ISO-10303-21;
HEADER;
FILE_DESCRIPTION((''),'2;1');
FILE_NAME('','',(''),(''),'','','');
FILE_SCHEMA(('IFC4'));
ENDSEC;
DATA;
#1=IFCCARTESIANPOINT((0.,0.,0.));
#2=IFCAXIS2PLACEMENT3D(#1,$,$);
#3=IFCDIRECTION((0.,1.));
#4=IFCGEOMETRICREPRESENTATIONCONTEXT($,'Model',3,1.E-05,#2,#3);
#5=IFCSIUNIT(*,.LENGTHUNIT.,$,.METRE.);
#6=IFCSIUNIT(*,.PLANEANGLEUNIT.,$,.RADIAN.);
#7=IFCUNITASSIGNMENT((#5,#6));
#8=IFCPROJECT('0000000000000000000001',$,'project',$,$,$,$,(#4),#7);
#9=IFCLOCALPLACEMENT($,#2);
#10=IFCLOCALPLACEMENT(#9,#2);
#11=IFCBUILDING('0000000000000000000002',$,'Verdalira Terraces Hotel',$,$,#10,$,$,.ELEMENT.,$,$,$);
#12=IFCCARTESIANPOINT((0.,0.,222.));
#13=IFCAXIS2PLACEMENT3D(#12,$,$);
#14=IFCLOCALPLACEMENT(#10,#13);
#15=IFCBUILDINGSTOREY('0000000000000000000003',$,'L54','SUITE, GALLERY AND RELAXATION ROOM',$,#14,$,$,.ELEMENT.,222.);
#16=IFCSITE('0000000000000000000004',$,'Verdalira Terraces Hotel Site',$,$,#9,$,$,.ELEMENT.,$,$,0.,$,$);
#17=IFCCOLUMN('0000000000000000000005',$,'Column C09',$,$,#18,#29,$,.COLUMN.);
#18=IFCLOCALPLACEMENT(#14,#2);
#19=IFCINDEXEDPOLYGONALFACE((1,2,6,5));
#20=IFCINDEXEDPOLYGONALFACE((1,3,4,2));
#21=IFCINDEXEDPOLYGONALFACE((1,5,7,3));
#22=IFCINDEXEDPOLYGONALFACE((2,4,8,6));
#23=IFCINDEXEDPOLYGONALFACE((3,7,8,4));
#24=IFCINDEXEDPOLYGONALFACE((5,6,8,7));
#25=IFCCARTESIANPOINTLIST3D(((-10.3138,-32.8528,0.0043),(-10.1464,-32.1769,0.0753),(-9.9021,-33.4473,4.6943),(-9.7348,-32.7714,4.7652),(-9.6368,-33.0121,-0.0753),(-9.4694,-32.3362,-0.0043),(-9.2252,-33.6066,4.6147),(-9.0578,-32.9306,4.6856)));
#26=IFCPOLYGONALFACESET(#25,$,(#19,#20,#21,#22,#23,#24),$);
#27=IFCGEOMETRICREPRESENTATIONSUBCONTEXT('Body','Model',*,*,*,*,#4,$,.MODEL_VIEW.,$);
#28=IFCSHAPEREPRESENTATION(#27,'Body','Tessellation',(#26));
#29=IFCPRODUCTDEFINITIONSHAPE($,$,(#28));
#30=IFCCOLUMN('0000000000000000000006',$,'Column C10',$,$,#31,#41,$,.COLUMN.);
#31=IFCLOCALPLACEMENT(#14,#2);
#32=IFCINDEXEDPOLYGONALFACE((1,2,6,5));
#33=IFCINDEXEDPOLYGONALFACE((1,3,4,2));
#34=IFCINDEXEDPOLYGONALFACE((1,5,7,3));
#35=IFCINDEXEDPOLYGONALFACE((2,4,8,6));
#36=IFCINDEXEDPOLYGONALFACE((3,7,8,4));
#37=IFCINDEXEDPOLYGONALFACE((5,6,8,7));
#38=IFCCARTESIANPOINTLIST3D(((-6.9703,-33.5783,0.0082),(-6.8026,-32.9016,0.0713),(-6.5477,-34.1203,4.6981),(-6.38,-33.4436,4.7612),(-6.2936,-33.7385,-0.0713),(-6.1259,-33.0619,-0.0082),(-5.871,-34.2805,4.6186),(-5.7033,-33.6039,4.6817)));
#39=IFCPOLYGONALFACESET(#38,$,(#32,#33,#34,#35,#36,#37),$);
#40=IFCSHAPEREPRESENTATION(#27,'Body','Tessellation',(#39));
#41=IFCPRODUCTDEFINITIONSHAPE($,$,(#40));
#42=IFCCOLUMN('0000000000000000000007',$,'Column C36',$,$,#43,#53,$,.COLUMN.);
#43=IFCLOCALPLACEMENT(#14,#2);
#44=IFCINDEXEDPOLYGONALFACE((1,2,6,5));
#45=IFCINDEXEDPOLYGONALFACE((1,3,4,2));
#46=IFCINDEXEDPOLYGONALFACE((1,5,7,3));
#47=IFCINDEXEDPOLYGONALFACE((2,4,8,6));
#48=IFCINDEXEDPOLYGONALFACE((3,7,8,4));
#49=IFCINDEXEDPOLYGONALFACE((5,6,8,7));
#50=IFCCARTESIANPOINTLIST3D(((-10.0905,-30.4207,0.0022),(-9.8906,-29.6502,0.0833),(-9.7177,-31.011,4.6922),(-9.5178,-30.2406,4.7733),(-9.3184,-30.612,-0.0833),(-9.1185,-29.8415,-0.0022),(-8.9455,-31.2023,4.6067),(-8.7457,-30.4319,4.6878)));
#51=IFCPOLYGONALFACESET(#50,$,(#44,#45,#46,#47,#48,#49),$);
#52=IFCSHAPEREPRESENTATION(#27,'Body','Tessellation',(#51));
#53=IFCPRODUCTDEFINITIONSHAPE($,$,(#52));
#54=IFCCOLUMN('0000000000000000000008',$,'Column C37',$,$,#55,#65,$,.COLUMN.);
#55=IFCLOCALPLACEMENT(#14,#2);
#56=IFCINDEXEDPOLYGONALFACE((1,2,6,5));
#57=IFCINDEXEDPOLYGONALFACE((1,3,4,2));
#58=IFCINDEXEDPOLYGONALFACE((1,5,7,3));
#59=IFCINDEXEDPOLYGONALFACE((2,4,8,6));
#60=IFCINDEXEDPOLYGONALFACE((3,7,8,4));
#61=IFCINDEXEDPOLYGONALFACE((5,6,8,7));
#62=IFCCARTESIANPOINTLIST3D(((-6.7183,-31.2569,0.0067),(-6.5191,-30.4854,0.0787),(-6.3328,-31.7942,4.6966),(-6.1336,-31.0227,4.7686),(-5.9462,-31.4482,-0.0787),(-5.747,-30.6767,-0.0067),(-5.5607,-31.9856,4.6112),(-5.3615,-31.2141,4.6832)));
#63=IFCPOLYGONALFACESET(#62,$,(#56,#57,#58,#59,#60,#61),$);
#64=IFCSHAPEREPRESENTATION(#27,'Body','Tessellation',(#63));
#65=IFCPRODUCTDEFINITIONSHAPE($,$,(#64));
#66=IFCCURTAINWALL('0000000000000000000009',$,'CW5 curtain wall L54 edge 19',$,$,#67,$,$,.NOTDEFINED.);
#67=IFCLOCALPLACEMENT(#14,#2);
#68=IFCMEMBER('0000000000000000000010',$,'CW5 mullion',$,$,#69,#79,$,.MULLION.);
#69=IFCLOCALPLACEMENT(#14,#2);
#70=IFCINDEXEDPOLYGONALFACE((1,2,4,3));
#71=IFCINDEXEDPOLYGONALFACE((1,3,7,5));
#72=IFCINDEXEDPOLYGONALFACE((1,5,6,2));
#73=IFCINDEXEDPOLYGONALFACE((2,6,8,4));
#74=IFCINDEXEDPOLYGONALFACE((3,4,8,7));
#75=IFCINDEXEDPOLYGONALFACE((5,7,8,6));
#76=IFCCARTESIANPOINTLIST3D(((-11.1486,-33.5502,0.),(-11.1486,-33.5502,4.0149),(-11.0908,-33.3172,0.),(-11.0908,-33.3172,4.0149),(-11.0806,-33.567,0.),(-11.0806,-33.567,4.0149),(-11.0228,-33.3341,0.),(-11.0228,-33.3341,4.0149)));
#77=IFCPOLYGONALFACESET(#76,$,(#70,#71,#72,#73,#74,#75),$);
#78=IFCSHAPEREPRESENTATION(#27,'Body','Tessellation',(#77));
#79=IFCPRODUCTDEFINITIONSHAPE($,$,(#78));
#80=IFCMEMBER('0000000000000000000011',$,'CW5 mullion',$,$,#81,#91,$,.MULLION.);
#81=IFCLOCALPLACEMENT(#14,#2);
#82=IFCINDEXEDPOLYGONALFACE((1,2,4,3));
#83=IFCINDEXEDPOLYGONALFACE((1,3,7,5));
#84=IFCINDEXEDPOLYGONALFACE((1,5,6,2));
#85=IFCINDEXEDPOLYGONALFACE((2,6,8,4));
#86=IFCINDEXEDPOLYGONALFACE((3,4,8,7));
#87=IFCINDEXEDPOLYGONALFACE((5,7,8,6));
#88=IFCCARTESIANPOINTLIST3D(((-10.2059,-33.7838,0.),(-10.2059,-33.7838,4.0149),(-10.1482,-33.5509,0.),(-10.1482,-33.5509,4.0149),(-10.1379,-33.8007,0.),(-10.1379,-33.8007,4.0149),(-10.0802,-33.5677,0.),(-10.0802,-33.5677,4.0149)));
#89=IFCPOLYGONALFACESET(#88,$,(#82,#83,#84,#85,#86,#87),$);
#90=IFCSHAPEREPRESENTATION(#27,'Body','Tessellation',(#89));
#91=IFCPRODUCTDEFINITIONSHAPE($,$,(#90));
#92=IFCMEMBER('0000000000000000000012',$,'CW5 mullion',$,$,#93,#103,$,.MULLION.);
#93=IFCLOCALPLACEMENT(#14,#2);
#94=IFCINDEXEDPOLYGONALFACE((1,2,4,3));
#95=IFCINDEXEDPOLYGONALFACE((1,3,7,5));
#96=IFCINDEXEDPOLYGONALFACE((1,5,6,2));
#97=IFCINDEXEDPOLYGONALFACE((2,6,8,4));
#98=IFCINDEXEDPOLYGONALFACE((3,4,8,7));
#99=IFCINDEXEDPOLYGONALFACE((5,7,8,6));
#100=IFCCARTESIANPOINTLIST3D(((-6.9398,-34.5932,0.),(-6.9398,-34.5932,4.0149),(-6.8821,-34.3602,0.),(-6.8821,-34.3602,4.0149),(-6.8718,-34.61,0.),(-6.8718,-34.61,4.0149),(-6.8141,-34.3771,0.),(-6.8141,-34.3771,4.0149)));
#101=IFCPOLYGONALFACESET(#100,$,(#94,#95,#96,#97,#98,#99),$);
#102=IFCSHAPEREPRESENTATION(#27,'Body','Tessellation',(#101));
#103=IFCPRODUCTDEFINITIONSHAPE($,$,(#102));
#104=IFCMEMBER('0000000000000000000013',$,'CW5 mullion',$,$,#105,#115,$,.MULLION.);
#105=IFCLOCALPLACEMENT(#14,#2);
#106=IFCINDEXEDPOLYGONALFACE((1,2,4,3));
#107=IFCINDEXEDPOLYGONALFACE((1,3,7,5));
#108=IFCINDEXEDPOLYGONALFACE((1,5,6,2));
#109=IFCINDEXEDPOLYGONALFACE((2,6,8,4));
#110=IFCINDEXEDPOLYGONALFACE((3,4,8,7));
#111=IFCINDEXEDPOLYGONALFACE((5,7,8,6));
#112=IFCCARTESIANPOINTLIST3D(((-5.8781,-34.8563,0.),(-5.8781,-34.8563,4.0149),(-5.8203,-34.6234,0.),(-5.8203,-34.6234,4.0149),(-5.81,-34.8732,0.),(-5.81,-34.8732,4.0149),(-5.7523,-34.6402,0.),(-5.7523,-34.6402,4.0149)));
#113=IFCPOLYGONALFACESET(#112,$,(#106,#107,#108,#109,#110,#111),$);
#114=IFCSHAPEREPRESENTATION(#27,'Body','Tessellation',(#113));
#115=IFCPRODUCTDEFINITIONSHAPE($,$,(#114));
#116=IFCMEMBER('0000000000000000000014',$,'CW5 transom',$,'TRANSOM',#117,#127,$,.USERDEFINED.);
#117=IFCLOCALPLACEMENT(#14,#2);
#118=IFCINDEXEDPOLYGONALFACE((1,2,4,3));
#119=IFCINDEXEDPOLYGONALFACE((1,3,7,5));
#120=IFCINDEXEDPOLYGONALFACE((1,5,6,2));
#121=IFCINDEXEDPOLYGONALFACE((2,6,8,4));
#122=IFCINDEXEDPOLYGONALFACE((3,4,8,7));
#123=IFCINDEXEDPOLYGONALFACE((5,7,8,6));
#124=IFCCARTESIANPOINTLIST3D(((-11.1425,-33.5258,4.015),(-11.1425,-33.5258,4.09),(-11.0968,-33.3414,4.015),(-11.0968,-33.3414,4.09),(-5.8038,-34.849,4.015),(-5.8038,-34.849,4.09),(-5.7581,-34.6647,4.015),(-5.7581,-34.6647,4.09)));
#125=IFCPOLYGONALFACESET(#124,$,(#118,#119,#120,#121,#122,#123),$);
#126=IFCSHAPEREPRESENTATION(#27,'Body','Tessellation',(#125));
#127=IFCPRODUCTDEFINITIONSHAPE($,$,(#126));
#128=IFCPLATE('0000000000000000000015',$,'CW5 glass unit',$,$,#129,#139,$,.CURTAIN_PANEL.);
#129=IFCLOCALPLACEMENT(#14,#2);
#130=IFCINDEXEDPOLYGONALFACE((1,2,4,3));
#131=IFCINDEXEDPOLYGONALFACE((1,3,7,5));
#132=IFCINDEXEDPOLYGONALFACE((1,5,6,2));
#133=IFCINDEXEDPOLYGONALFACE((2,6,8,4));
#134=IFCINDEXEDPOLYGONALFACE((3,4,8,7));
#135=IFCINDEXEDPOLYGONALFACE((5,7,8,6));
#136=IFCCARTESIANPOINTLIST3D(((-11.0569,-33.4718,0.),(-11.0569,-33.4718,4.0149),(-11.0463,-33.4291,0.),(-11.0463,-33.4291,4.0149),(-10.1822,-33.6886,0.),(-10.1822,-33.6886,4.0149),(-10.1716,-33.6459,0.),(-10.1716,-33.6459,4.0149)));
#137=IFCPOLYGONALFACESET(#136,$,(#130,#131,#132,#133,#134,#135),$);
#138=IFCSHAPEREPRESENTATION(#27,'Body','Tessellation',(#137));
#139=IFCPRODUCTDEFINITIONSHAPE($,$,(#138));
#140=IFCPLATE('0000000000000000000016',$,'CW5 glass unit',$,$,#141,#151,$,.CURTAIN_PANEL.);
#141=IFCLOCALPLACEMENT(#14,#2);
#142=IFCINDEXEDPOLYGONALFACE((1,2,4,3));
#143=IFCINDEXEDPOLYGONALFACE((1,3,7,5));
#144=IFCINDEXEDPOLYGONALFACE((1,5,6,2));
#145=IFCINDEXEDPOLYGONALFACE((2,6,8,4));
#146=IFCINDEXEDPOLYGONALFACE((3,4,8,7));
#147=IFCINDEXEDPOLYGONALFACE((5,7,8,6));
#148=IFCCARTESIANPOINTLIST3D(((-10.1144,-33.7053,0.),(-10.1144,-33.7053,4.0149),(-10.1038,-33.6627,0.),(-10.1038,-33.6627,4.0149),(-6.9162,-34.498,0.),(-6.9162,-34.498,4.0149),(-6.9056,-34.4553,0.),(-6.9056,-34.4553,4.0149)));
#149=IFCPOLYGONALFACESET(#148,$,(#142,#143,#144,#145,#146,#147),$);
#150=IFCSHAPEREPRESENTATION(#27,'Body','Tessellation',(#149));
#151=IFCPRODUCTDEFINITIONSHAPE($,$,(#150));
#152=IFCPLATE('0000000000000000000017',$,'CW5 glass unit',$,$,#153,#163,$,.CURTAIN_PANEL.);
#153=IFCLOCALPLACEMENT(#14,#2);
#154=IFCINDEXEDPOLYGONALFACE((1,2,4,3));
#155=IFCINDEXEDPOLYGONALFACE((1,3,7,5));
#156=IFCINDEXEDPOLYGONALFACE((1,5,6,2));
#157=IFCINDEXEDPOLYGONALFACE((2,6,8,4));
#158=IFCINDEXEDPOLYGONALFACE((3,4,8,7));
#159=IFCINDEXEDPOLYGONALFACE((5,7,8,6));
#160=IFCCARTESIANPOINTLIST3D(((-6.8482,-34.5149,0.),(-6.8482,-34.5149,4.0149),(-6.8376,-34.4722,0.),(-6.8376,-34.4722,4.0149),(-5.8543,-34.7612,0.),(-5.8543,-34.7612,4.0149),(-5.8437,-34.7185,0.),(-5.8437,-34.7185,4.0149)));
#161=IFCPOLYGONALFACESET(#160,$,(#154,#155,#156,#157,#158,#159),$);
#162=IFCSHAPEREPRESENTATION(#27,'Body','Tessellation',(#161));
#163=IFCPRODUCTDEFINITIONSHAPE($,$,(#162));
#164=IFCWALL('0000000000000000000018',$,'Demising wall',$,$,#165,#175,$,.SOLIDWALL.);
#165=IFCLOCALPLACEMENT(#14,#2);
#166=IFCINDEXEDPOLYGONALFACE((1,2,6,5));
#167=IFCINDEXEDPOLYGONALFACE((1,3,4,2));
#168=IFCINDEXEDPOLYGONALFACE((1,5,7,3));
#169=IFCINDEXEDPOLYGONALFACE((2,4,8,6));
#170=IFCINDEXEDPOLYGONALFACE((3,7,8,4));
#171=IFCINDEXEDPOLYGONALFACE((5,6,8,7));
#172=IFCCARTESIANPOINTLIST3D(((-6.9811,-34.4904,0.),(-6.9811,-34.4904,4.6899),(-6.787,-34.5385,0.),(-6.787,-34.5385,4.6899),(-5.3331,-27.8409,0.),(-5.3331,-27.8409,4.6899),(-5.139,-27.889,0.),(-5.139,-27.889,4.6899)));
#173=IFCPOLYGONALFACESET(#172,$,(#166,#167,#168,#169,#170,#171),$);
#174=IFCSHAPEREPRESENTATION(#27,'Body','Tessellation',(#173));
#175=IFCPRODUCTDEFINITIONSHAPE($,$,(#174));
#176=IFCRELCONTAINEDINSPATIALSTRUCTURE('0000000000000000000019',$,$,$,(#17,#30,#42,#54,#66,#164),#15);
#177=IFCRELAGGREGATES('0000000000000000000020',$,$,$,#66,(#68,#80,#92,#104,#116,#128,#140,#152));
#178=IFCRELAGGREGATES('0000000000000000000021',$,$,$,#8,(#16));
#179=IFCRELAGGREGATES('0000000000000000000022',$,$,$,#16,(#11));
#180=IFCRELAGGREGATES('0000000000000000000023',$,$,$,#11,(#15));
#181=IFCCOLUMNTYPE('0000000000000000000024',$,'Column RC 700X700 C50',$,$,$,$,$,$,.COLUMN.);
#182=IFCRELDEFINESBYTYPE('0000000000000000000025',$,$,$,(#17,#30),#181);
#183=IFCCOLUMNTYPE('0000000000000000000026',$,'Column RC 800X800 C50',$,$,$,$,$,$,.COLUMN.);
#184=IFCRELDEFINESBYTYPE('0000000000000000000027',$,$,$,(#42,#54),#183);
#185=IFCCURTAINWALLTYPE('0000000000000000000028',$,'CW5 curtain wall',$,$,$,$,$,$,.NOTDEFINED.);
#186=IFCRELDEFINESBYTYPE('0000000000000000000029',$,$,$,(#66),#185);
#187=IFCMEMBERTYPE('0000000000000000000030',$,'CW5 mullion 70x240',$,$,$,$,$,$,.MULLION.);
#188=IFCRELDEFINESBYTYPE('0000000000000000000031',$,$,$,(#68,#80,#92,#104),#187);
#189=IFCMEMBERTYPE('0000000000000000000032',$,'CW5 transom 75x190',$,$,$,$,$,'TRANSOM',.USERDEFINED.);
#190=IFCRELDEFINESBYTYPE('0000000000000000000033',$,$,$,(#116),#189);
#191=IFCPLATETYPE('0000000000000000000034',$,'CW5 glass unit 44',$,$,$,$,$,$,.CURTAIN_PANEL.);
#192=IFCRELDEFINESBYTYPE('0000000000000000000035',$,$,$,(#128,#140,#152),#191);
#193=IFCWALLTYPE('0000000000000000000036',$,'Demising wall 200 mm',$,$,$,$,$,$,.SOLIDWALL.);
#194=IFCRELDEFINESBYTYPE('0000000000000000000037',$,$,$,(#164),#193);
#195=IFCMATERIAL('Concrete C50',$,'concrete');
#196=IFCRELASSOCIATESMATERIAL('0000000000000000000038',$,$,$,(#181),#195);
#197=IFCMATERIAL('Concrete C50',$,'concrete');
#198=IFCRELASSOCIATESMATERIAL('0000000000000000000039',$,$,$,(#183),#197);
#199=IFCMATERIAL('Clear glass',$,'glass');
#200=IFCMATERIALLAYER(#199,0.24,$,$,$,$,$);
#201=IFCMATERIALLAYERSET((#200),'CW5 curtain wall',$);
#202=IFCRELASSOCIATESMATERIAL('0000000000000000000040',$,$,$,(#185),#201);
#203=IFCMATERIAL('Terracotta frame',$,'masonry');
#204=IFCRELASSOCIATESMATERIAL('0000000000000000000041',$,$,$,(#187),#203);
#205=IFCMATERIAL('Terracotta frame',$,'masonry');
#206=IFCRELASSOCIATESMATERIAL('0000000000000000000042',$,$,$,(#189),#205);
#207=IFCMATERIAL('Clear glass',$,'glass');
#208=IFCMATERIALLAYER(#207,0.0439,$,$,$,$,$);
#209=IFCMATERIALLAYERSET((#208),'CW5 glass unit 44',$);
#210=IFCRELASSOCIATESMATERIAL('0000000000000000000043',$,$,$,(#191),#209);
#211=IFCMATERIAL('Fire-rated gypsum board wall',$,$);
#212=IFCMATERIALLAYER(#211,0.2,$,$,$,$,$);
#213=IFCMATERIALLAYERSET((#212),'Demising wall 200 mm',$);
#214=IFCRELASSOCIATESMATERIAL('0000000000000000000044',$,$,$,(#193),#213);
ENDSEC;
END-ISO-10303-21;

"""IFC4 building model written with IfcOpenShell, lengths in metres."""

from ifc_helpers import new_model, si_unit, direction, frame, frame_2d, origin, origin_2d, place, context, subcontext, project, spatial, rectangle, extrude, material, layer, layer_set, material_profile, profile_set, type_object, element, aggregate, save


model = new_model("IFC4")

# Units and contexts
model_context = context("Model", 3, precision=1e-05, world=origin(), true_north=direction((0.0, 1.0)))
body_context = subcontext(model_context, "Body", "Model", "MODEL_VIEW")
ifc_project = project(units=[si_unit("LENGTHUNIT", "METRE"), si_unit("PLANEANGLEUNIT", "RADIAN")], contexts=[model_context])

# Site, building, storey
site_placement = place(None, origin())
site = spatial("IfcSite", under=ifc_project, at=site_placement, Name="Verdalira Terraces Hotel Site", CompositionType="ELEMENT", RefElevation=0.0)
building_placement = place(site_placement, origin())
building = spatial("IfcBuilding", under=site, at=building_placement, Name="Verdalira Terraces Hotel", CompositionType="ELEMENT")
storey_placement = place(building_placement, frame((0.0, 0.0, 222.0)))
storey = spatial("IfcBuildingStorey", under=building, at=storey_placement, Name="L54", Description="SUITE, GALLERY AND RELAXATION ROOM", CompositionType="ELEMENT", Elevation=222.0)

# Columns
ifc_material_1 = material(Name="Concrete C50", Category="concrete")
ifc_material_profile_1 = material_profile(ifc_material_1, rectangle(XDim=0.7, YDim=0.7, at=origin_2d()), Name="RC 700X700")
ifc_profile_set_1 = profile_set([ifc_material_profile_1], Name="Concrete C50")
column_type_1 = type_object("IfcColumnType", Name="Column RC 700X700 C50", PredefinedType="COLUMN", material=ifc_profile_set_1)
column_1_placement = place(storey_placement, frame((-9.8916, -32.5945, 0.0), z_axis=(0.086742, -0.125277, 0.988323), x_axis=(0.967103, -0.227549, -0.113723)))
element("IfcColumn", 1, at=column_1_placement, inside=storey, type_object=column_type_1, Name="Column C09", PredefinedType="COLUMN", context=body_context, shape_type="SweptSolid", body=[
    extrude(rectangle(XDim=0.7, YDim=0.7, at=origin_2d()), origin(), (0.0, 0.0, 1.0), 4.7454),
])
column_2_placement = place(storey_placement, frame((-6.5481, -33.3201, 0.0), z_axis=(0.089157, -0.114344, 0.989432), x_axis=(0.966794, -0.228932, -0.113574)))
element("IfcColumn", 2, at=column_2_placement, inside=storey, type_object=column_type_1, Name="Column C10", PredefinedType="COLUMN", context=body_context, shape_type="SweptSolid", body=[
    extrude(rectangle(XDim=0.7, YDim=0.7, at=origin_2d()), origin(), (0.0, 0.0, 1.0), 4.74),
])
ifc_material_2 = material(Name="Concrete C50", Category="concrete")
ifc_material_profile_2 = material_profile(ifc_material_2, rectangle(XDim=0.8, YDim=0.8, at=origin_2d()), Name="RC 800X800")
ifc_profile_set_2 = profile_set([ifc_material_profile_2], Name="Concrete C50")
column_type_2 = type_object("IfcColumnType", Name="Column RC 800X800 C50", PredefinedType="COLUMN", material=ifc_profile_set_2)
column_3_placement = place(storey_placement, frame((-9.6045, -30.1311, 0.0), z_axis=(0.078623, -0.1245, 0.9891), x_axis=(-0.249793, -0.96298, -0.101356)))
element("IfcColumn", 3, at=column_3_placement, inside=storey, type_object=column_type_2, Name="Column C36", PredefinedType="COLUMN", context=body_context, shape_type="SweptSolid", body=[
    extrude(rectangle(XDim=0.8, YDim=0.8, at=origin_2d()), origin(), (0.0, 0.0, 1.0), 4.7417),
])
column_4_placement = place(storey_placement, frame((-6.2327, -30.9668, 0.0), z_axis=(0.081392, -0.113453, 0.990204), x_axis=(-0.248962, -0.96432, -0.090024)))
element("IfcColumn", 4, at=column_4_placement, inside=storey, type_object=column_type_2, Name="Column C37", PredefinedType="COLUMN", context=body_context, shape_type="SweptSolid", body=[
    extrude(rectangle(XDim=0.8, YDim=0.8, at=origin_2d()), origin(), (0.0, 0.0, 1.0), 4.7363),
])

# Curtain wall, members, plates
ifc_material_3 = material(Name="Clear glass", Category="glass")
ifc_layer_1 = layer(ifc_material_3, 0.24)
ifc_layer_set_1 = layer_set([ifc_layer_1], Name="CW5 curtain wall")
curtain_wall_type = type_object("IfcCurtainWallType", Name="CW5 curtain wall", PredefinedType="NOTDEFINED", material=ifc_layer_set_1)
curtain_wall_placement = place(storey_placement, origin())
curtain_wall = element("IfcCurtainWall", 5, at=curtain_wall_placement, inside=storey, type_object=curtain_wall_type, Name="CW5 curtain wall L54 edge 19", PredefinedType="NOTDEFINED")
ifc_material_4 = material(Name="Terracotta frame", Category="masonry")
ifc_material_profile_3 = material_profile(ifc_material_4, rectangle(XDim=0.0701, YDim=0.24, at=origin_2d()), Name="MU 70x240")
ifc_profile_set_3 = profile_set([ifc_material_profile_3], Name="Terracotta frame")
member_type_1 = type_object("IfcMemberType", Name="CW5 mullion 70x240", PredefinedType="MULLION", material=ifc_profile_set_3)
member_1_placement = place(storey_placement, frame((-11.0857, -33.4421, 0.0), z_axis=(0.0, 0.0, 1.0), x_axis=(0.970633, -0.240567, 0.0)))
member_1 = element("IfcMember", 6, at=member_1_placement, type_object=member_type_1, Name="CW5 mullion", PredefinedType="MULLION", context=body_context, shape_type="SweptSolid", body=[
    extrude(rectangle(XDim=0.0701, YDim=0.24, at=origin_2d()), origin(), (0.0, 0.0, 1.0), 4.0149),
])
member_2_placement = place(storey_placement, frame((-10.1431, -33.6758, 0.0), z_axis=(0.0, 0.0, 1.0), x_axis=(0.970633, -0.240567, 0.0)))
member_2 = element("IfcMember", 7, at=member_2_placement, type_object=member_type_1, Name="CW5 mullion", PredefinedType="MULLION", context=body_context, shape_type="SweptSolid", body=[
    extrude(rectangle(XDim=0.0701, YDim=0.24, at=origin_2d()), origin(), (0.0, 0.0, 1.0), 4.0149),
])
member_3_placement = place(storey_placement, frame((-6.877, -34.4851, 0.0), z_axis=(0.0, 0.0, 1.0), x_axis=(0.970633, -0.240567, 0.0)))
member_3 = element("IfcMember", 8, at=member_3_placement, type_object=member_type_1, Name="CW5 mullion", PredefinedType="MULLION", context=body_context, shape_type="SweptSolid", body=[
    extrude(rectangle(XDim=0.0701, YDim=0.24, at=origin_2d()), origin(), (0.0, 0.0, 1.0), 4.0149),
])
member_4_placement = place(storey_placement, frame((-5.8152, -34.7483, 0.0), z_axis=(0.0, 0.0, 1.0), x_axis=(0.970633, -0.240567, 0.0)))
member_4 = element("IfcMember", 9, at=member_4_placement, type_object=member_type_1, Name="CW5 mullion", PredefinedType="MULLION", context=body_context, shape_type="SweptSolid", body=[
    extrude(rectangle(XDim=0.0701, YDim=0.24, at=origin_2d()), origin(), (0.0, 0.0, 1.0), 4.0149),
])
ifc_material_5 = material(Name="Terracotta frame", Category="masonry")
ifc_material_profile_4 = material_profile(ifc_material_5, rectangle(XDim=0.1899, YDim=0.075, at=origin_2d()), Name="TR 75x190")
ifc_profile_set_4 = profile_set([ifc_material_profile_4], Name="Terracotta frame")
member_type_2 = type_object("IfcMemberType", Name="CW5 transom 75x190", ElementType="TRANSOM", PredefinedType="USERDEFINED", material=ifc_profile_set_4)
member_5_placement = place(storey_placement, frame((-11.1196, -33.4336, 4.0525), z_axis=(0.970629, -0.240582, 0.0), x_axis=(0.240582, 0.970629, 0.0)))
member_5 = element("IfcMember", 10, at=member_5_placement, type_object=member_type_2, Name="CW5 transom", ObjectType="TRANSOM", PredefinedType="USERDEFINED", context=body_context, shape_type="SweptSolid", body=[
    extrude(rectangle(XDim=0.1899, YDim=0.075, at=origin_2d()), origin(), (0.0, 0.0, 1.0), 5.5002),
])
ifc_material_6 = material(Name="Clear glass", Category="glass")
ifc_layer_2 = layer(ifc_material_6, 0.0439)
ifc_layer_set_2 = layer_set([ifc_layer_2], Name="CW5 glass unit 44")
plate_type = type_object("IfcPlateType", Name="CW5 glass unit 44", PredefinedType="CURTAIN_PANEL", material=ifc_layer_set_2)
plate_1_placement = place(storey_placement, frame((-10.6143, -33.5588, 0.0), z_axis=(0.0, 0.0, 1.0), x_axis=(0.970633, -0.240567, 0.0)))
plate_1 = element("IfcPlate", 11, at=plate_1_placement, type_object=plate_type, Name="CW5 glass unit", PredefinedType="CURTAIN_PANEL", context=body_context, shape_type="SweptSolid", body=[
    extrude(rectangle(XDim=0.9011, YDim=0.0439, at=origin_2d()), origin(), (0.0, 0.0, 1.0), 4.0149),
])
plate_2_placement = place(storey_placement, frame((-8.51, -34.0803, 0.0), z_axis=(0.0, 0.0, 1.0), x_axis=(0.970633, -0.240567, 0.0)))
plate_2 = element("IfcPlate", 12, at=plate_2_placement, type_object=plate_type, Name="CW5 glass unit", PredefinedType="CURTAIN_PANEL", context=body_context, shape_type="SweptSolid", body=[
    extrude(rectangle(XDim=3.2949, YDim=0.0439, at=origin_2d()), origin(), (0.0, 0.0, 1.0), 4.0149),
])
plate_3_placement = place(storey_placement, frame((-6.3459, -34.6167, 0.0), z_axis=(0.0, 0.0, 1.0), x_axis=(0.970633, -0.240567, 0.0)))
plate_3 = element("IfcPlate", 13, at=plate_3_placement, type_object=plate_type, Name="CW5 glass unit", PredefinedType="CURTAIN_PANEL", context=body_context, shape_type="SweptSolid", body=[
    extrude(rectangle(XDim=1.0239, YDim=0.0439, at=origin_2d()), origin(), (0.0, 0.0, 1.0), 4.0149),
])
aggregate(curtain_wall, [member_1, member_2, member_3, member_4, member_5, plate_1, plate_2, plate_3])

# Wall
ifc_material_7 = material(Name="Fire-rated gypsum board wall")
ifc_layer_3 = layer(ifc_material_7, 0.2)
ifc_layer_set_3 = layer_set([ifc_layer_3], Name="Demising wall 200 mm")
wall_type_1 = type_object("IfcWallType", Name="Demising wall 200 mm", PredefinedType="SOLIDWALL", material=ifc_layer_set_3)
wall_1_placement = place(storey_placement, frame((-6.884, -34.5144, 0.0), z_axis=(0.0, 0.0, 1.0), x_axis=(0.240556, 0.970635, 0.0)))
element("IfcWall", 14, at=wall_1_placement, inside=storey, type_object=wall_type_1, Name="Demising wall", PredefinedType="SOLIDWALL", context=body_context, shape_type="SweptSolid", body=[
    extrude(rectangle(XDim=6.8506, YDim=0.2, at=frame_2d((3.4253, 0.0))), origin(), (0.0, 0.0, 1.0), 4.6899),
])

save(model, "model.ifc")
